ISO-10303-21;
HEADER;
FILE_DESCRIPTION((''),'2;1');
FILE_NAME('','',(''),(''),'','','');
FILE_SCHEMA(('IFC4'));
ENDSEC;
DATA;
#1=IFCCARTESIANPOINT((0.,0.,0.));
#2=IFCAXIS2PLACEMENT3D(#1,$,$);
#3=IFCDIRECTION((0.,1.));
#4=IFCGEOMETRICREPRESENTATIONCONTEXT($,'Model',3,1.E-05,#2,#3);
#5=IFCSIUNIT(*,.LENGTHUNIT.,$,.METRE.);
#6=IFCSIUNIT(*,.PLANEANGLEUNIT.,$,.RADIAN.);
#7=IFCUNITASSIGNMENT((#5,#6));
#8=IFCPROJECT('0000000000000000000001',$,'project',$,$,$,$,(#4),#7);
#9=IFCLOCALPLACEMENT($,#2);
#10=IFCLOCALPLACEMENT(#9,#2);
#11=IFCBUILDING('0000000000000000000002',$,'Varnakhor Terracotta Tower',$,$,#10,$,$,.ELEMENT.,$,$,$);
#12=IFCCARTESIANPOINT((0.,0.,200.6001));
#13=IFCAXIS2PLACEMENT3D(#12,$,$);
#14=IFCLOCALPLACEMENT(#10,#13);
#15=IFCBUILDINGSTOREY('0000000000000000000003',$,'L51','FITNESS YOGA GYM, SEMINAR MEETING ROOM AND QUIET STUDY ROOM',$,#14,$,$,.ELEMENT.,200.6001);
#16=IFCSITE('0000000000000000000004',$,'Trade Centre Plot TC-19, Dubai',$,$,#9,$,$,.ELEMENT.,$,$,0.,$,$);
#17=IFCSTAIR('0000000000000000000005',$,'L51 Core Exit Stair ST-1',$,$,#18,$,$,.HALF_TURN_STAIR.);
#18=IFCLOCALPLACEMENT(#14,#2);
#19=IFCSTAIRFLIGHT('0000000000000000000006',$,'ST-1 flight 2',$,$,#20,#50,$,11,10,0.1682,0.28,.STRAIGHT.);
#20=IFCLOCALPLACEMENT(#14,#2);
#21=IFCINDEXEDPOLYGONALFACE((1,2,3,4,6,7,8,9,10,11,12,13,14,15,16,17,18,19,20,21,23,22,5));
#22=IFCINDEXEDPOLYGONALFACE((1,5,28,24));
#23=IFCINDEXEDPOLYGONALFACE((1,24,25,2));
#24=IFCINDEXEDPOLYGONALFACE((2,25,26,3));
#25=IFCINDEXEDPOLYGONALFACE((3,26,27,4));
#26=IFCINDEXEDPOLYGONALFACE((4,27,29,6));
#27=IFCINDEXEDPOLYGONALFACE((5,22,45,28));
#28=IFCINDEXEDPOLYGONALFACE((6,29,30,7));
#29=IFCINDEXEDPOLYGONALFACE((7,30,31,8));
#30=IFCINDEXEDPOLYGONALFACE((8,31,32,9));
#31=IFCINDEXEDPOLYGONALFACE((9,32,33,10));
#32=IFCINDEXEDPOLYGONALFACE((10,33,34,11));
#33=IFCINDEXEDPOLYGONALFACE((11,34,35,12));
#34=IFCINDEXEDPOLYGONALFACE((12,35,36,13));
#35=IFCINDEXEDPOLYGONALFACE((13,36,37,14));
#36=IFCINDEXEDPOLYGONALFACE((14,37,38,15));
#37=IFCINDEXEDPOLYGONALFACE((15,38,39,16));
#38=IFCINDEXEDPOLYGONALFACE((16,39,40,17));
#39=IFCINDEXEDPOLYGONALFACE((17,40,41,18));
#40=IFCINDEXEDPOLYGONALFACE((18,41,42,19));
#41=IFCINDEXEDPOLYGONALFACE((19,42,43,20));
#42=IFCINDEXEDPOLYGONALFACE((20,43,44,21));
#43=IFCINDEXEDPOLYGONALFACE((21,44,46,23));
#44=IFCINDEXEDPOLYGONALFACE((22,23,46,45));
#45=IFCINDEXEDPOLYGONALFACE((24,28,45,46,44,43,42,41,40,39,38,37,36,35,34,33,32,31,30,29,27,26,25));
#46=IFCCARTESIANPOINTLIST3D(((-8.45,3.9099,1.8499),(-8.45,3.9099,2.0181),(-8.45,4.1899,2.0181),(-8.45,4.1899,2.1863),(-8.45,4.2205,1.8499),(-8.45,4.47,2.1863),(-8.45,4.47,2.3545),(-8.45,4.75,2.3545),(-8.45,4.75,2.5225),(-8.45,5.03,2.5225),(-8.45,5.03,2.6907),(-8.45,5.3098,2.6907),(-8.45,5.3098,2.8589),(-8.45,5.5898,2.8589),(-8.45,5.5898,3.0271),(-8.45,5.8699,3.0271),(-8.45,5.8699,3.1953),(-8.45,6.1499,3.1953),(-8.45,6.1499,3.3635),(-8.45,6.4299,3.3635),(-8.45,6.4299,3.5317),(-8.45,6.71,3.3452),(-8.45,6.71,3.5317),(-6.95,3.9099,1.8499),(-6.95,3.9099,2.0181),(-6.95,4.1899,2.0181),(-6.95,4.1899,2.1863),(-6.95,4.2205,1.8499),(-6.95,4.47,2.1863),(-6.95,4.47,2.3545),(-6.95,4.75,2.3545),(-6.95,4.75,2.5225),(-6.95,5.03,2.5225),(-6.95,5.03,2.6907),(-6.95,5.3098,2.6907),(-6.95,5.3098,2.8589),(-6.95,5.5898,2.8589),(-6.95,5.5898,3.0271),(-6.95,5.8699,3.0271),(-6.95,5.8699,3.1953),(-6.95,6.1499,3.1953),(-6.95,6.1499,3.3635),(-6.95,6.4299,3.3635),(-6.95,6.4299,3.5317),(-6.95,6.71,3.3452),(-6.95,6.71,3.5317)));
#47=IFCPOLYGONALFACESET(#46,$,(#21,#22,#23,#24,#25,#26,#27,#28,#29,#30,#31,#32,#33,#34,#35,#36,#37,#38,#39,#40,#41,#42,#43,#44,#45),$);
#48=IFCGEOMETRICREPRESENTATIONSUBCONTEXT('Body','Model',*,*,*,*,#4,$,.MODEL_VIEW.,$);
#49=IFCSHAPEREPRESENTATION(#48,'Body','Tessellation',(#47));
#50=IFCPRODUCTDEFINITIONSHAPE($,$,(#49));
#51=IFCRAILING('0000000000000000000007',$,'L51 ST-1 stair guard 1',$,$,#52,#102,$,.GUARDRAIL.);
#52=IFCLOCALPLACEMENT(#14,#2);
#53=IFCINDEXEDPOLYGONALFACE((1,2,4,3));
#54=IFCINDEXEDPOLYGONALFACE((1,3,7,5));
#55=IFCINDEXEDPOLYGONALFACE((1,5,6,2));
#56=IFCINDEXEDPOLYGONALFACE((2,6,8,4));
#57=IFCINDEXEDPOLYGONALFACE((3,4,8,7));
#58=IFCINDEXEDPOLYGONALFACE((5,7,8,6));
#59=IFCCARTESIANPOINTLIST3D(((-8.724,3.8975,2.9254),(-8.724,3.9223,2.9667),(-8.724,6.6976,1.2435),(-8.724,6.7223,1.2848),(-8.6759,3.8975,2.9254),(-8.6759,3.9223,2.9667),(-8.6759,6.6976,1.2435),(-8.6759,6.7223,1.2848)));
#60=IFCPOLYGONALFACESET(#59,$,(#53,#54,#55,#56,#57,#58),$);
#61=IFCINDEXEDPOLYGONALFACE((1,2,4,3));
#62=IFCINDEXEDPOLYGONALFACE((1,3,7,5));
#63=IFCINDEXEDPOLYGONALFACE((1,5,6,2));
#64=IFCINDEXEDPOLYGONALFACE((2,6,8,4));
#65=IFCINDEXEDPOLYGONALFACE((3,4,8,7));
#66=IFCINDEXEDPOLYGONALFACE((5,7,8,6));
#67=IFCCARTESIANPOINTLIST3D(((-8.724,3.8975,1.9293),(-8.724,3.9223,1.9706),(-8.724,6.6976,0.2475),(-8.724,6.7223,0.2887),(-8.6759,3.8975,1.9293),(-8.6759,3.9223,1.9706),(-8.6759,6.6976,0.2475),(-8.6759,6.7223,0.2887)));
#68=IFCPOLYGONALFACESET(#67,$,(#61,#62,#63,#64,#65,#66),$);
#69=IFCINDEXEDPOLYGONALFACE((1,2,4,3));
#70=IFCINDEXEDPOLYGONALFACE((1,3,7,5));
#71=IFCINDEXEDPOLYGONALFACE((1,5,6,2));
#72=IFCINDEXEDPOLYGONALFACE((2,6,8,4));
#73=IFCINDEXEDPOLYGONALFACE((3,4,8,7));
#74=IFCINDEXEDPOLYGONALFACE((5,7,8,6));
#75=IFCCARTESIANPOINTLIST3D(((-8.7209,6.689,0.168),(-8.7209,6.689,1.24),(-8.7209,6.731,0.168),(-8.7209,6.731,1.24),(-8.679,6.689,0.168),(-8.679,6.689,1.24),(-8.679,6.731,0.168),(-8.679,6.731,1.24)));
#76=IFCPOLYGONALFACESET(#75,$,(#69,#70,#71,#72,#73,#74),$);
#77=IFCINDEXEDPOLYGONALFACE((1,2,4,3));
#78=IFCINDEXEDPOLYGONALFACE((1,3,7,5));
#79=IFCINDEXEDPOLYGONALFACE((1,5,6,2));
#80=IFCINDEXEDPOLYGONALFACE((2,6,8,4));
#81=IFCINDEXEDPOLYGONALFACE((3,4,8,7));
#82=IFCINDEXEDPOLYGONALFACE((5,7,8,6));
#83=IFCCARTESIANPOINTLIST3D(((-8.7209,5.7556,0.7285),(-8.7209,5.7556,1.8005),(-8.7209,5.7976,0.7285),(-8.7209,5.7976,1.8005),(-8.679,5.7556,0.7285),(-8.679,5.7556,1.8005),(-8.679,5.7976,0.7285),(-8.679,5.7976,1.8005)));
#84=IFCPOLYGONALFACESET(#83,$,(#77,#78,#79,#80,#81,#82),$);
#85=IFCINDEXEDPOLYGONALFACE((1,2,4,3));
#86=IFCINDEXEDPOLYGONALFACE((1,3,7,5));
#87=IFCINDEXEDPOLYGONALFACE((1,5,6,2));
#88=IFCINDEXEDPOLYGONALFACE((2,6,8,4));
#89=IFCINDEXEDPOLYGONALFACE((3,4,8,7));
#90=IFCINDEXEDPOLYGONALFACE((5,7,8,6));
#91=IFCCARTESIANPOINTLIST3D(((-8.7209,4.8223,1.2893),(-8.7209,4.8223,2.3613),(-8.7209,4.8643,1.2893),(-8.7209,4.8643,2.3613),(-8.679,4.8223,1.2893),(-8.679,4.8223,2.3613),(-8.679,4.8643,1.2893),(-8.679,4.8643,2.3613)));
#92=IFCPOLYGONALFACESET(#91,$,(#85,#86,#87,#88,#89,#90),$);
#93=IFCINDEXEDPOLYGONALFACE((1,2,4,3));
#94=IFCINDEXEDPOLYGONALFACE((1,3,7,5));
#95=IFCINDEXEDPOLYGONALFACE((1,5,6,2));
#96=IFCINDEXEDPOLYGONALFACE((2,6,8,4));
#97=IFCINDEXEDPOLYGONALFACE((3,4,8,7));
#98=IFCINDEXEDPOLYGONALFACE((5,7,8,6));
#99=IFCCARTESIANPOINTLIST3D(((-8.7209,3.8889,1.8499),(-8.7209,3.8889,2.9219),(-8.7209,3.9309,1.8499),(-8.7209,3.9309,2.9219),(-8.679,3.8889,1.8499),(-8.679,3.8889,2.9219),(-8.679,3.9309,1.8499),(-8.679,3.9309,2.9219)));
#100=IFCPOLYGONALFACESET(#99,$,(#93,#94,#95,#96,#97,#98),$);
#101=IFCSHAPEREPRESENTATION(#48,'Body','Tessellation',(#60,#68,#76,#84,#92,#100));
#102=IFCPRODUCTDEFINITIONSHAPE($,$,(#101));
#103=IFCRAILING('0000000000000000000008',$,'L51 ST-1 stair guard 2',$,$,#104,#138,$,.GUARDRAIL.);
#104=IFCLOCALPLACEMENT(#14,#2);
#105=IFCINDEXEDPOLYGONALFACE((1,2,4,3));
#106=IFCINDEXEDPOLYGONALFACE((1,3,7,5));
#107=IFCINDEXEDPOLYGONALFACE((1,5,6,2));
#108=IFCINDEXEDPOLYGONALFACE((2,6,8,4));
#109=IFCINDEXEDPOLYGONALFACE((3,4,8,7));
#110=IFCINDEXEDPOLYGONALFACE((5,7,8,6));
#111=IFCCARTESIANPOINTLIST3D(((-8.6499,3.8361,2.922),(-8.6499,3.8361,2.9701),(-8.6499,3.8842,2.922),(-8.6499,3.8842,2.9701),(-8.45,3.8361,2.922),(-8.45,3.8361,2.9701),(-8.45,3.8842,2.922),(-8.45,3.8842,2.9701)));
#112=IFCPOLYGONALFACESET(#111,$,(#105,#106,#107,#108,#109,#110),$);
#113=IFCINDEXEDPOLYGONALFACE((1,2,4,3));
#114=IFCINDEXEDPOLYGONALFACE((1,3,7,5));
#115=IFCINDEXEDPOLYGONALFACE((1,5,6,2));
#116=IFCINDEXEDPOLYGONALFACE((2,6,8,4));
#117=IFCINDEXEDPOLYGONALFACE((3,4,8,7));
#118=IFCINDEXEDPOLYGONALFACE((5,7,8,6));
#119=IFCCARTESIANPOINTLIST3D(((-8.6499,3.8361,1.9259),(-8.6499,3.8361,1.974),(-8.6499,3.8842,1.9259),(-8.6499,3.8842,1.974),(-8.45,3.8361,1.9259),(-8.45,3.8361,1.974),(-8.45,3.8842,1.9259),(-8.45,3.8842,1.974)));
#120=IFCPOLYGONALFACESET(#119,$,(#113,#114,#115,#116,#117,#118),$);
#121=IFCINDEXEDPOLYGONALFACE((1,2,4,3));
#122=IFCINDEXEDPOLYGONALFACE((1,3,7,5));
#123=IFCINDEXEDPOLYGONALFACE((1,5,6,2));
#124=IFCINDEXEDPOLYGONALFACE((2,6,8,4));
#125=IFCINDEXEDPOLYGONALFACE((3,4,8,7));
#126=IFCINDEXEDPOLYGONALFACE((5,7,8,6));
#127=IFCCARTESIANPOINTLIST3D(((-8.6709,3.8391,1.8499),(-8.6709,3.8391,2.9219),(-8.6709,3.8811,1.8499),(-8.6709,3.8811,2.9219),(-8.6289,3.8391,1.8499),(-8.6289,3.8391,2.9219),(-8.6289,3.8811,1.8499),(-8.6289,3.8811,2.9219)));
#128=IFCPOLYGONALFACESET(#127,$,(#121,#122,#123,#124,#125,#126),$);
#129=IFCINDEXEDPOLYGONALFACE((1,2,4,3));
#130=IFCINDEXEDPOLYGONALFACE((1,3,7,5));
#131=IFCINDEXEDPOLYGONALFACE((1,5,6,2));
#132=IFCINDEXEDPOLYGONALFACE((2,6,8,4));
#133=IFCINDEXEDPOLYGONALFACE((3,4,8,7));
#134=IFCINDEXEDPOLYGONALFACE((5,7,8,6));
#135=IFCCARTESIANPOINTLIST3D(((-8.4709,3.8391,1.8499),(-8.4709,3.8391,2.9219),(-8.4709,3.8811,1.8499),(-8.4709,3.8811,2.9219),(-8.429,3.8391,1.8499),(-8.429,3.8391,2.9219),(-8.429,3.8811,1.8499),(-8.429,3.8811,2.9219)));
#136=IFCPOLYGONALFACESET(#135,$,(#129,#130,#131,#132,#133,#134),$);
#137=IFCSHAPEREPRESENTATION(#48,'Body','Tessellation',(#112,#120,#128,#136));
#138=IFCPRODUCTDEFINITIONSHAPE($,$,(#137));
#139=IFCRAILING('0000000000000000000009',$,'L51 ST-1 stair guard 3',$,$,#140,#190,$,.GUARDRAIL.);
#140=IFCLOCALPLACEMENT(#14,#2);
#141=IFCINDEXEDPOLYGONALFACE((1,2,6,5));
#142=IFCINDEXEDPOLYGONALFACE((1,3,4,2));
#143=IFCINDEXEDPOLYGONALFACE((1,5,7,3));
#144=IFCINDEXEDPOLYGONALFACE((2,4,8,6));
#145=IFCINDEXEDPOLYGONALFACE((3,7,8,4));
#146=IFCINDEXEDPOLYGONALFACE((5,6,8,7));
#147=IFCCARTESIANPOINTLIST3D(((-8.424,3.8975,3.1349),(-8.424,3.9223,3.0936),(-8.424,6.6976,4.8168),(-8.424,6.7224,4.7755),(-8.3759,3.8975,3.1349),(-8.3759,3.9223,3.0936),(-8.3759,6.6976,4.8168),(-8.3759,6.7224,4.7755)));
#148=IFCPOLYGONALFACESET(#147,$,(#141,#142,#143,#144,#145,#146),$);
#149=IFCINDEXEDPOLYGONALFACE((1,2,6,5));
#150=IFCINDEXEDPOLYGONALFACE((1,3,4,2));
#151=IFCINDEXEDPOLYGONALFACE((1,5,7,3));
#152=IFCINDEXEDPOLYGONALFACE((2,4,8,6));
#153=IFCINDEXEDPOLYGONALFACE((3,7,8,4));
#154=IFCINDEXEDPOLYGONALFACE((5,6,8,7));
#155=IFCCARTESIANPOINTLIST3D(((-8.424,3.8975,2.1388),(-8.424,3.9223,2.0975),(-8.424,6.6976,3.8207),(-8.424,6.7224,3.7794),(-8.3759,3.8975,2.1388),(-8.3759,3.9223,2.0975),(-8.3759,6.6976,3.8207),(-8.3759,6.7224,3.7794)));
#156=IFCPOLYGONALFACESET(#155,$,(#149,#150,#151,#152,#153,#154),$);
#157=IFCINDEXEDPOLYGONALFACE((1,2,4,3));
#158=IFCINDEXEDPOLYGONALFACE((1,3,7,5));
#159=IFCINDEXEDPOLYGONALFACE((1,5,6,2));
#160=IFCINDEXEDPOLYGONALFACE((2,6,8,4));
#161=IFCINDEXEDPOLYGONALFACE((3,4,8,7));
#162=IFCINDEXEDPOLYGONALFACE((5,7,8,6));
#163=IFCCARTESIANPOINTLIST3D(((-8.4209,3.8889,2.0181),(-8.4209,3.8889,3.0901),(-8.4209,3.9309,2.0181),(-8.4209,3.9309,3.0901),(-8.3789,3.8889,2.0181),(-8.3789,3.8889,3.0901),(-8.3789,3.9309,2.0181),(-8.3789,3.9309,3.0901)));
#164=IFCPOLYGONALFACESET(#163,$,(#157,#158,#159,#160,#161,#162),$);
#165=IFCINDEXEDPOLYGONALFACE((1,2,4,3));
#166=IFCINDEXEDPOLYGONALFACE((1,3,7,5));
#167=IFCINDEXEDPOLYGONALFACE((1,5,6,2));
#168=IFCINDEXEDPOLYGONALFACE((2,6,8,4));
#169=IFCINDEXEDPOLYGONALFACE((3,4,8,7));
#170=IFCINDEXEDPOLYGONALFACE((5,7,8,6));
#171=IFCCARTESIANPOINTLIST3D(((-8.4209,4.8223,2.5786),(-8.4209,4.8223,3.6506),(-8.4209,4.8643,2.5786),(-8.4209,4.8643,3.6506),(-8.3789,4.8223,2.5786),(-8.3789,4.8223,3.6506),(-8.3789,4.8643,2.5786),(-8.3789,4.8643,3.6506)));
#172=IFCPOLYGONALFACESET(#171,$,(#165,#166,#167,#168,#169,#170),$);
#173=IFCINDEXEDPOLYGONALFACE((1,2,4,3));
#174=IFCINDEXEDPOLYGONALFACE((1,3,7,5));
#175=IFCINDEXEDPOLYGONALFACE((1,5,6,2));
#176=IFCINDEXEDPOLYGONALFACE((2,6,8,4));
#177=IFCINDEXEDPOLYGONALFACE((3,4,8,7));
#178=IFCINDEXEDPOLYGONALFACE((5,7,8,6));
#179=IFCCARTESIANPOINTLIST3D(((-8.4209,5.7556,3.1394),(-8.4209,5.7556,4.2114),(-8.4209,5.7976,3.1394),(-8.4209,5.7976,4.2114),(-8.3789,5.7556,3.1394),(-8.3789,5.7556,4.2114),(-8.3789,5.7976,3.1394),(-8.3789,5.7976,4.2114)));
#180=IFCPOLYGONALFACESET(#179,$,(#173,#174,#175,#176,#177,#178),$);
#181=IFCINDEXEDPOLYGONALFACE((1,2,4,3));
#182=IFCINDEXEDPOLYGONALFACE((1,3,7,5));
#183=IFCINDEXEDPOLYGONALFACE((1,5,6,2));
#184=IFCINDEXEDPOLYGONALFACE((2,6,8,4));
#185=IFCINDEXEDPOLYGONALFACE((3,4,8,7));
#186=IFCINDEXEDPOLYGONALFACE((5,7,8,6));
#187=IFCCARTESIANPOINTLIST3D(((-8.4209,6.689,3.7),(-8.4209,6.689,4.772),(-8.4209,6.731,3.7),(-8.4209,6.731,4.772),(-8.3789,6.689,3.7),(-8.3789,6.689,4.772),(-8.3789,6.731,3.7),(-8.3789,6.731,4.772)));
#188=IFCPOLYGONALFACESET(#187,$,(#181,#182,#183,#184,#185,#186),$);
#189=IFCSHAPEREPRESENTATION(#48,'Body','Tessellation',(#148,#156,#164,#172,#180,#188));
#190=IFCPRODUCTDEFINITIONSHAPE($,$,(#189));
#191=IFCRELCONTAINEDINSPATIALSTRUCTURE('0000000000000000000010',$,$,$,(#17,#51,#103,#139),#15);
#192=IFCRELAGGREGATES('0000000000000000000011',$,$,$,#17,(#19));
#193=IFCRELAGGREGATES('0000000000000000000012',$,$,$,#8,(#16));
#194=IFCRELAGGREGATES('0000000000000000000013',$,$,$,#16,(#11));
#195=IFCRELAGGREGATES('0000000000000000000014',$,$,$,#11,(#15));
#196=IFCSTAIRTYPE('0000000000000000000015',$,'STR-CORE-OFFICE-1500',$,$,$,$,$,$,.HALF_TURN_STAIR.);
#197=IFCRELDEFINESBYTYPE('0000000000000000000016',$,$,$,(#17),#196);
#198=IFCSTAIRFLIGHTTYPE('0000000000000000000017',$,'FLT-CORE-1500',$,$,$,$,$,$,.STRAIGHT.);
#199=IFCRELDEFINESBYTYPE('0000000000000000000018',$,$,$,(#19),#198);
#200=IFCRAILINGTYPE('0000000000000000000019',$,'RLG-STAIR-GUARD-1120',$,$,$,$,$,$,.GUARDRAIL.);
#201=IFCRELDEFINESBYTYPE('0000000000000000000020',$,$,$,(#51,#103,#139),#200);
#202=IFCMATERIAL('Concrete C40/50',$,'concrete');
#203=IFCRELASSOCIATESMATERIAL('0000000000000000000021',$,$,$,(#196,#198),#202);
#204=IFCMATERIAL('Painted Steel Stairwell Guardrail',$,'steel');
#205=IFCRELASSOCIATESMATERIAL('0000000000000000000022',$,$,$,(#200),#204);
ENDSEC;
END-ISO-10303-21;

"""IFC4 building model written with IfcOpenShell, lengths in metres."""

from ifc_helpers import new_model, si_unit, direction, frame, origin, origin_2d, place, context, subcontext, project, spatial, polyline, rectangle, outline, extrude, material, type_object, element, aggregate, save


model = new_model("IFC4")

# Units and contexts
model_context = context("Model", 3, precision=1e-05, world=origin(), true_north=direction((0.0, 1.0)))
body_context = subcontext(model_context, "Body", "Model", "MODEL_VIEW")
ifc_project = project(units=[si_unit("LENGTHUNIT", "METRE"), si_unit("PLANEANGLEUNIT", "RADIAN")], contexts=[model_context])

# Site, building, storey
site_placement = place(None, origin())
site = spatial("IfcSite", under=ifc_project, at=site_placement, Name="Trade Centre Plot TC-19, Dubai", CompositionType="ELEMENT", RefElevation=0.0)
building_placement = place(site_placement, origin())
building = spatial("IfcBuilding", under=site, at=building_placement, Name="Varnakhor Terracotta Tower", CompositionType="ELEMENT")
storey_placement = place(building_placement, frame((0.0, 0.0, 200.6001)))
storey = spatial("IfcBuildingStorey", under=building, at=storey_placement, Name="L51", Description="FITNESS YOGA GYM, SEMINAR MEETING ROOM AND QUIET STUDY ROOM", CompositionType="ELEMENT", Elevation=200.6001)

# Shared definitions
ifc_material_1 = material(Name="Concrete C40/50", Category="concrete")

# Stair, stair flight
stair_type = type_object("IfcStairType", Name="STR-CORE-OFFICE-1500", PredefinedType="HALF_TURN_STAIR", material=ifc_material_1)
stair_placement = place(storey_placement, origin())
stair = element("IfcStair", 1, at=stair_placement, inside=storey, type_object=stair_type, Name="L51 Core Exit Stair ST-1", PredefinedType="HALF_TURN_STAIR")
stair_flight_type = type_object("IfcStairFlightType", Name="FLT-CORE-1500", PredefinedType="STRAIGHT", material=ifc_material_1)
stair_flight_1_placement = place(storey_placement, frame((-7.7, 3.9099, 1.8499), z_axis=(0.0, 0.0, 1.0), x_axis=(0.0, 1.0, 0.0)))
stair_flight_1 = element("IfcStairFlight", 2, at=stair_flight_1_placement, type_object=stair_flight_type, Name="ST-1 flight 2", NumberOfRisers=11, NumberOfTreads=10, PredefinedType="STRAIGHT", RiserHeight=0.1682, TreadLength=0.28, context=body_context, shape_type="SweptSolid", body=[
    extrude(outline(polyline([(0.0, 0.0), (0.0, 0.1682), (0.28, 0.1682), (0.28, 0.3364), (0.5601, 0.3364), (0.5601, 0.5046), (0.8401, 0.5046), (0.8401, 0.6726), (1.1201, 0.6726), (1.1201, 0.8408), (1.3999, 0.8408), (1.3999, 1.009), (1.6799, 1.009), (1.6799, 1.1772), (1.96, 1.1772), (1.96, 1.3455), (2.24, 1.3455), (2.24, 1.5137), (2.52, 1.5137), (2.52, 1.6819), (2.8, 1.6819), (2.8, 1.8501), (2.8, 1.4954), (0.3105, 0.0), (0.0, 0.0)])), frame((0.0, 0.75, 0.0), z_axis=(0.0, -1.0, 0.0), x_axis=(1.0, 0.0, 0.0)), (0.0, 0.0, 1.0), 1.5),
])
aggregate(stair, [stair_flight_1])

# Railings
ifc_material_2 = material(Name="Painted Steel Stairwell Guardrail", Category="steel")
railing_type_1 = type_object("IfcRailingType", Name="RLG-STAIR-GUARD-1120", PredefinedType="GUARDRAIL", material=ifc_material_2)
railing_1_placement = place(storey_placement, frame((-8.7, 6.71, 0.168)))
element("IfcRailing", 3, at=railing_1_placement, inside=storey, type_object=railing_type_1, Name="L51 ST-1 stair guard 1", PredefinedType="GUARDRAIL", context=body_context, shape_type="SweptSolid", body=[
    extrude(rectangle(XDim=0.0481, YDim=0.0481, at=origin_2d()), frame((0.0, 0.0, 1.0962), z_axis=(0.0, -0.857242, 0.514913), x_axis=(1.0, 0.0, 0.0)), (0.0, 0.0, 1.0), 3.2664),
    extrude(rectangle(XDim=0.0481, YDim=0.0481, at=origin_2d()), frame((0.0, 0.0, 0.1001), z_axis=(0.0, -0.857242, 0.514913), x_axis=(1.0, 0.0, 0.0)), (0.0, 0.0, 1.0), 3.2664),
    extrude(rectangle(XDim=0.042, YDim=0.042, at=origin_2d()), origin(), (0.0, 0.0, 1.0), 1.072),
    extrude(rectangle(XDim=0.042, YDim=0.042, at=origin_2d()), frame((0.0, -0.9333, 0.5605)), (0.0, 0.0, 1.0), 1.072),
    extrude(rectangle(XDim=0.042, YDim=0.042, at=origin_2d()), frame((0.0, -1.8667, 1.1213)), (0.0, 0.0, 1.0), 1.072),
    extrude(rectangle(XDim=0.042, YDim=0.042, at=origin_2d()), frame((0.0, -2.8, 1.6819)), (0.0, 0.0, 1.0), 1.072),
])
railing_2_placement = place(storey_placement, frame((-8.6499, 3.8601, 1.8499)))
element("IfcRailing", 4, at=railing_2_placement, inside=storey, type_object=railing_type_1, Name="L51 ST-1 stair guard 2", PredefinedType="GUARDRAIL", context=body_context, shape_type="SweptSolid", body=[
    extrude(rectangle(XDim=0.0481, YDim=0.0481, at=origin_2d()), frame((0.0, 0.0, 1.0962), z_axis=(1.0, 0.0, 0.0), x_axis=(0.0, 1.0, 0.0)), (0.0, 0.0, 1.0), 0.2),
    extrude(rectangle(XDim=0.0481, YDim=0.0481, at=origin_2d()), frame((0.0, 0.0, 0.1001), z_axis=(1.0, 0.0, 0.0), x_axis=(0.0, 1.0, 0.0)), (0.0, 0.0, 1.0), 0.2),
    extrude(rectangle(XDim=0.042, YDim=0.042, at=origin_2d()), origin(), (0.0, 0.0, 1.0), 1.072),
    extrude(rectangle(XDim=0.042, YDim=0.042, at=origin_2d()), frame((0.2, 0.0, 0.0)), (0.0, 0.0, 1.0), 1.072),
])
railing_3_placement = place(storey_placement, frame((-8.3999, 3.9099, 2.0181)))
element("IfcRailing", 5, at=railing_3_placement, inside=storey, type_object=railing_type_1, Name="L51 ST-1 stair guard 3", PredefinedType="GUARDRAIL", context=body_context, shape_type="SweptSolid", body=[
    extrude(rectangle(XDim=0.0481, YDim=0.0481, at=origin_2d()), frame((0.0, 0.0, 1.0962), z_axis=(0.0, 0.857242, 0.514913), x_axis=(-1.0, 0.0, 0.0)), (0.0, 0.0, 1.0), 3.2664),
    extrude(rectangle(XDim=0.0481, YDim=0.0481, at=origin_2d()), frame((0.0, 0.0, 0.1001), z_axis=(0.0, 0.857242, 0.514913), x_axis=(-1.0, 0.0, 0.0)), (0.0, 0.0, 1.0), 3.2664),
    extrude(rectangle(XDim=0.042, YDim=0.042, at=origin_2d()), origin(), (0.0, 0.0, 1.0), 1.072),
    extrude(rectangle(XDim=0.042, YDim=0.042, at=origin_2d()), frame((0.0, 0.9333, 0.5605)), (0.0, 0.0, 1.0), 1.072),
    extrude(rectangle(XDim=0.042, YDim=0.042, at=origin_2d()), frame((0.0, 1.8667, 1.1213)), (0.0, 0.0, 1.0), 1.072),
    extrude(rectangle(XDim=0.042, YDim=0.042, at=origin_2d()), frame((0.0, 2.8, 1.6819)), (0.0, 0.0, 1.0), 1.072),
])

save(model, "model.ifc")
